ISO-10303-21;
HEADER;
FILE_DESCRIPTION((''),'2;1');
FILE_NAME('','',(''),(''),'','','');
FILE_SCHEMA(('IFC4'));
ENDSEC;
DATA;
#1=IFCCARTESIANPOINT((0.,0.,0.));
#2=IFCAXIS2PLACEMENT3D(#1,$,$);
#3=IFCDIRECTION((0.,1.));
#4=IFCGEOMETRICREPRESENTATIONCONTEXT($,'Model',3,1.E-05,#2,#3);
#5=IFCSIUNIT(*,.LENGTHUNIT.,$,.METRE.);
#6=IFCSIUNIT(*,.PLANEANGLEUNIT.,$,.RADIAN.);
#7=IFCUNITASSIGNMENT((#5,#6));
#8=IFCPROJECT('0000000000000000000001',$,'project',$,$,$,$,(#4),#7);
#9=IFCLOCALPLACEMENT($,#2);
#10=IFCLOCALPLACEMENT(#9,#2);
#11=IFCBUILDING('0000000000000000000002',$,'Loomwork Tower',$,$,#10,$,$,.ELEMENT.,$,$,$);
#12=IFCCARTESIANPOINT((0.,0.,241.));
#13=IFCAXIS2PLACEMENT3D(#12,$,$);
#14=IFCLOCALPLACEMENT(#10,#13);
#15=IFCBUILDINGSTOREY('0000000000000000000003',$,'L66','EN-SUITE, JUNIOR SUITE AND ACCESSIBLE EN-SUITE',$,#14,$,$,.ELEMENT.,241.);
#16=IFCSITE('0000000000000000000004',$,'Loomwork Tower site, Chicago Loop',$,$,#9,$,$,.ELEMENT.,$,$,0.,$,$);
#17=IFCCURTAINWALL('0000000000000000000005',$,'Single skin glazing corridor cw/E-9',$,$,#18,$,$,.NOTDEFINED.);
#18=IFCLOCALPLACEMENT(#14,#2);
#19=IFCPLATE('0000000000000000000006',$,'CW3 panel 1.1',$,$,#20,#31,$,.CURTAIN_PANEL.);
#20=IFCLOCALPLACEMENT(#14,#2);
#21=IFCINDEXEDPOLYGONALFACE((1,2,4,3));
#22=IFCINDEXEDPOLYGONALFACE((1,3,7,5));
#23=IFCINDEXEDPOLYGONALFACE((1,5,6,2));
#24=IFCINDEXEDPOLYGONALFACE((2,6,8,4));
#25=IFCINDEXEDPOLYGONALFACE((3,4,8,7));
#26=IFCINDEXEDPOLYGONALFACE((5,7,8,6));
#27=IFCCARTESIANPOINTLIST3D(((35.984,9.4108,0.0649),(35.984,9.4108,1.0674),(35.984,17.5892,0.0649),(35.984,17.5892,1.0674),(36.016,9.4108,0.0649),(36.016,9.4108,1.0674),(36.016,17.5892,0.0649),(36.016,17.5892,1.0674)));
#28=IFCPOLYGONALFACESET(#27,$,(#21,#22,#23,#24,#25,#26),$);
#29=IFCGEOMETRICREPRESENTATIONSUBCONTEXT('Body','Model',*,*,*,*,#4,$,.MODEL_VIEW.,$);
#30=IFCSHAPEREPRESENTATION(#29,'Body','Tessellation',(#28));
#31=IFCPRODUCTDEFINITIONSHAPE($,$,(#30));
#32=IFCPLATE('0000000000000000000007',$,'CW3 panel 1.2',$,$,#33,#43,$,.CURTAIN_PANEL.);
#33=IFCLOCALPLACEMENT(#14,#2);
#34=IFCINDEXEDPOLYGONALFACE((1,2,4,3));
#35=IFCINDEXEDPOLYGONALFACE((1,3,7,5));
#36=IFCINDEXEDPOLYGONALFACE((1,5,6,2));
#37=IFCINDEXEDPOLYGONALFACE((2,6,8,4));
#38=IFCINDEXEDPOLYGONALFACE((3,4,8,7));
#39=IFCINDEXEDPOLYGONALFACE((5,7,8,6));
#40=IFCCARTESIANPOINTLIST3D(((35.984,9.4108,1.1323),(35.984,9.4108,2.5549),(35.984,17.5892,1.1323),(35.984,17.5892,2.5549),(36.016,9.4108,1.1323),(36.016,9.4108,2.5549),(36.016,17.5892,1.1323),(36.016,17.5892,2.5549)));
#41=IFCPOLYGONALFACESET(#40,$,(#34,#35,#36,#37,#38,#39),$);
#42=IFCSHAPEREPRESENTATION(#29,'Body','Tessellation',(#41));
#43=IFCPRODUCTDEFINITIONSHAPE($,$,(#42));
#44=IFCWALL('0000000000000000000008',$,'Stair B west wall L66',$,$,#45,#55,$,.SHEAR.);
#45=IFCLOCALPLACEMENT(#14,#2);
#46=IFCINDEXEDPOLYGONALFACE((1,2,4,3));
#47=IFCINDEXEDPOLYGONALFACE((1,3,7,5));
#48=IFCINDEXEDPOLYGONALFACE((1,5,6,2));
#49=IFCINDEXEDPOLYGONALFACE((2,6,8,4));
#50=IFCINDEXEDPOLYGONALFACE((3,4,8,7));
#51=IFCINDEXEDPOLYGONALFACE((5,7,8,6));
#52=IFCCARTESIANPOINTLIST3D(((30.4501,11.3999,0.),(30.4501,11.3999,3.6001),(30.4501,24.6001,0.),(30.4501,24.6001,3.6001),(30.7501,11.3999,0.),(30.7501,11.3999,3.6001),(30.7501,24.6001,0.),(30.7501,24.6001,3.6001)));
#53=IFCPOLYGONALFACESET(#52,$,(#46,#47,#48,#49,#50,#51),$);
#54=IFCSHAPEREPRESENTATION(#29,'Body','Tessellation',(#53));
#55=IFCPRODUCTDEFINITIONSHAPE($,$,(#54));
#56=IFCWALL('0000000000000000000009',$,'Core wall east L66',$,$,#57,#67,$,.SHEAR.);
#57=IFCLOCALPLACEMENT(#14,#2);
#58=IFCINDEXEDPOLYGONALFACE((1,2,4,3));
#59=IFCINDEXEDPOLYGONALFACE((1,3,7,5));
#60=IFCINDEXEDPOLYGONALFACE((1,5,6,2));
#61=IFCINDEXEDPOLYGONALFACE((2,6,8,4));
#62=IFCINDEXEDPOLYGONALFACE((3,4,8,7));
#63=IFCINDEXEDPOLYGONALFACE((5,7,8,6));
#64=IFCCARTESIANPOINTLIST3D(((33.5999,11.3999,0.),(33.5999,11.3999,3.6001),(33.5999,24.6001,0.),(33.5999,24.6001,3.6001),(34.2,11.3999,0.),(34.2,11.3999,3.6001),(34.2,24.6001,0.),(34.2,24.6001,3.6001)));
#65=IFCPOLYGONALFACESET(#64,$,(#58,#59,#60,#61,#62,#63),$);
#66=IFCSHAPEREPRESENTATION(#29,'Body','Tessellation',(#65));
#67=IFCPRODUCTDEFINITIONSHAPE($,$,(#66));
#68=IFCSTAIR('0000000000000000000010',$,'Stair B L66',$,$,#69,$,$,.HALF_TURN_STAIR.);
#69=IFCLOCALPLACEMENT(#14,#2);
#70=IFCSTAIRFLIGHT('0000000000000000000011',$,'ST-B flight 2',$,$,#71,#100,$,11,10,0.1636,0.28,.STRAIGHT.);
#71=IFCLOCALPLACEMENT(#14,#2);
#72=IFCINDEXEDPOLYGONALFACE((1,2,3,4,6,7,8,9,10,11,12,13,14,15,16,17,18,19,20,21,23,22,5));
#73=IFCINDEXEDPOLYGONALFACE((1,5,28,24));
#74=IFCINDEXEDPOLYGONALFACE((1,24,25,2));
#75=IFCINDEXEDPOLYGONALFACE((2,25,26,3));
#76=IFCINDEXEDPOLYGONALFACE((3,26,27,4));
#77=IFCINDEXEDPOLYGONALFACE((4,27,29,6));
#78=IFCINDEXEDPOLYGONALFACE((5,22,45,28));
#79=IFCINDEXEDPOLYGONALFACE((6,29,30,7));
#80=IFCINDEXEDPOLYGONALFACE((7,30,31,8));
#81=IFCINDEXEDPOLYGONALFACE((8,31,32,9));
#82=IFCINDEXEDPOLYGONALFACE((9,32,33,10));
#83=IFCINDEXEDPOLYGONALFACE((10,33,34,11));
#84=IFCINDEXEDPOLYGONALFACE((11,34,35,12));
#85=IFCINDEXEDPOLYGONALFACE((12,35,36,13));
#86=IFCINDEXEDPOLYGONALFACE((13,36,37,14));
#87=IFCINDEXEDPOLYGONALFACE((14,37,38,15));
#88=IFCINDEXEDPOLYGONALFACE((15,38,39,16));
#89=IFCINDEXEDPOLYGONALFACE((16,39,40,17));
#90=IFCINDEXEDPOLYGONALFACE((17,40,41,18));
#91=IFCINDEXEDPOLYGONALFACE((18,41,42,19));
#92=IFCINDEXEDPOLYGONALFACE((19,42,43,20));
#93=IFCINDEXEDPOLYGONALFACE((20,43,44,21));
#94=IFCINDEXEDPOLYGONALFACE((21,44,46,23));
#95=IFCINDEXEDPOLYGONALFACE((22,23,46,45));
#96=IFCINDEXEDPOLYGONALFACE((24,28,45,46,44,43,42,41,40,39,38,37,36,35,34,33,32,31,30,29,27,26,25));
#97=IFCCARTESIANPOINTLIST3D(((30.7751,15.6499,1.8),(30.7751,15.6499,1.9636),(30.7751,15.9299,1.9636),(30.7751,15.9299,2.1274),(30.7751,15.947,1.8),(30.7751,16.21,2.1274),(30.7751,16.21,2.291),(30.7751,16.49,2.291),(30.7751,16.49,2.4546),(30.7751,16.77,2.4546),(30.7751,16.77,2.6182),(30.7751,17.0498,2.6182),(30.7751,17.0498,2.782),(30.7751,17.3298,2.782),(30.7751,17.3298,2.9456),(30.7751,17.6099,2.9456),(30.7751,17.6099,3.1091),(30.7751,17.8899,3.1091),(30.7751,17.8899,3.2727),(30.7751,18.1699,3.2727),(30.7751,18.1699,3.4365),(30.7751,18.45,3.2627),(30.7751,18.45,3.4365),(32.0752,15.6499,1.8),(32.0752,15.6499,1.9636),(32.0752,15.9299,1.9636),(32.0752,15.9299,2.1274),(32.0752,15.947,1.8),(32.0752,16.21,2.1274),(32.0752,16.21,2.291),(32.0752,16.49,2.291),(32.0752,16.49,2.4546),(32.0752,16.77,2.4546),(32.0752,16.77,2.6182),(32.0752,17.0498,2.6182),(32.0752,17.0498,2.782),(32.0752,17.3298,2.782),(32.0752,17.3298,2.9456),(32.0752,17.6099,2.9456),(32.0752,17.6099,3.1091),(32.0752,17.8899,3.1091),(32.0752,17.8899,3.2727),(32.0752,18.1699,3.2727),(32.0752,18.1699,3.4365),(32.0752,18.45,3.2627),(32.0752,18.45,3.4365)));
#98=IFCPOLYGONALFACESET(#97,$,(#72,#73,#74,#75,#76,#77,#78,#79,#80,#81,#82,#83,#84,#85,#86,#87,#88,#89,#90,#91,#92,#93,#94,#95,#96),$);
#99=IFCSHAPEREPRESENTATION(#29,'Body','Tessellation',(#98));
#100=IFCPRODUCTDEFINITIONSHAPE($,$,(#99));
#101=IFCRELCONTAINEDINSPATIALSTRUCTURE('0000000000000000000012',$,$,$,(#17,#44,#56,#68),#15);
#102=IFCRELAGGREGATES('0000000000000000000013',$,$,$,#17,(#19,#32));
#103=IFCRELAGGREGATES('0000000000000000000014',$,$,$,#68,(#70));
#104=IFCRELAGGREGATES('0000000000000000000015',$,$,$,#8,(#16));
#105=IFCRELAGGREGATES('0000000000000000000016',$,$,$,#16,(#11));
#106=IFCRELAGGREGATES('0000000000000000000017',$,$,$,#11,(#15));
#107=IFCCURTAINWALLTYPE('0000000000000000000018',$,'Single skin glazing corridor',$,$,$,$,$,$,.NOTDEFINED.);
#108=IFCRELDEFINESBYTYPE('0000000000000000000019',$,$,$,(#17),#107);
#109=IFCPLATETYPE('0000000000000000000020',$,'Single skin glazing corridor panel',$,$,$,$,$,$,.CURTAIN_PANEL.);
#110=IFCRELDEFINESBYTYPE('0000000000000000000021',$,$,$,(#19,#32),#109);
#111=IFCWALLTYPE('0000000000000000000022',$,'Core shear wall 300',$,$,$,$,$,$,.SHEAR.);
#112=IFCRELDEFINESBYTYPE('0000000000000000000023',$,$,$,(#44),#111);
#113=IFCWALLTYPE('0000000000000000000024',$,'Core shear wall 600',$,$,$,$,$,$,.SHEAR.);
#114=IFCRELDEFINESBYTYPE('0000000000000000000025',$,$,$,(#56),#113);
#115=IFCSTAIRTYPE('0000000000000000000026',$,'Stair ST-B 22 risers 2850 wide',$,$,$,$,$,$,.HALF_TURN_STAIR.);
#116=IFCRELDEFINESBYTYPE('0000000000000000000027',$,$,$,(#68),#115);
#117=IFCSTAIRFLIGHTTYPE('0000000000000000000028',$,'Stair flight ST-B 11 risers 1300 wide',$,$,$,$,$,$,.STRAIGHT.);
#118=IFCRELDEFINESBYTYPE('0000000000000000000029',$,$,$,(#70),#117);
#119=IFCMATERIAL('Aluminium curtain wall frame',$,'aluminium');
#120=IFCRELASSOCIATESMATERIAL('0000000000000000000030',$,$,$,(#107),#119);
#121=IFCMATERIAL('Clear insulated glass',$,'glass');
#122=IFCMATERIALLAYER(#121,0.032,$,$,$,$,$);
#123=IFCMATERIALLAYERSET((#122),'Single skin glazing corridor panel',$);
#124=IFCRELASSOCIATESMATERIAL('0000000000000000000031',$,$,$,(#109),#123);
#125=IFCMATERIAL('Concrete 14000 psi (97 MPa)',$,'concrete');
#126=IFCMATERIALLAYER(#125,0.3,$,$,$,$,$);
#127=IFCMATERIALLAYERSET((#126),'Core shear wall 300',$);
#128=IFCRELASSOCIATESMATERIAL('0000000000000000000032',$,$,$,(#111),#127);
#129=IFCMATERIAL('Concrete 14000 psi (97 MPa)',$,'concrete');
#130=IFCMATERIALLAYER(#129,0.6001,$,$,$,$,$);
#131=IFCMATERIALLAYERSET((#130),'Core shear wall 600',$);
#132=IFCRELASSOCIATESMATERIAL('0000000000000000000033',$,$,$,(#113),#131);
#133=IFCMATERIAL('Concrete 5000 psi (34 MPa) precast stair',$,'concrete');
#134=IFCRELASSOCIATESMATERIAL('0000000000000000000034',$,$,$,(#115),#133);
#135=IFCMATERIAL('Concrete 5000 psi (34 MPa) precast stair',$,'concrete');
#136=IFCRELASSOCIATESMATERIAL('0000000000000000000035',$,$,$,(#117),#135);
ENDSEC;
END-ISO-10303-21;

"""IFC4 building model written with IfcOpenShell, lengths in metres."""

from ifc_helpers import new_model, si_unit, direction, frame, frame_2d, origin, origin_2d, place, context, subcontext, project, spatial, polyline, rectangle, outline, extrude, material, layer, layer_set, type_object, element, aggregate, save


model = new_model("IFC4")

# Units and contexts
model_context = context("Model", 3, precision=1e-05, world=origin(), true_north=direction((0.0, 1.0)))
body_context = subcontext(model_context, "Body", "Model", "MODEL_VIEW")
ifc_project = project(units=[si_unit("LENGTHUNIT", "METRE"), si_unit("PLANEANGLEUNIT", "RADIAN")], contexts=[model_context])

# Site, building, storey
site_placement = place(None, origin())
site = spatial("IfcSite", under=ifc_project, at=site_placement, Name="Loomwork Tower site, Chicago Loop", CompositionType="ELEMENT", RefElevation=0.0)
building_placement = place(site_placement, origin())
building = spatial("IfcBuilding", under=site, at=building_placement, Name="Loomwork Tower", CompositionType="ELEMENT")
storey_placement = place(building_placement, frame((0.0, 0.0, 241.0)))
storey = spatial("IfcBuildingStorey", under=building, at=storey_placement, Name="L66", Description="EN-SUITE, JUNIOR SUITE AND ACCESSIBLE EN-SUITE", CompositionType="ELEMENT", Elevation=241.0)

# Curtain wall
ifc_material_1 = material(Name="Aluminium curtain wall frame", Category="aluminium")
curtain_wall_type = type_object("IfcCurtainWallType", Name="Single skin glazing corridor", PredefinedType="NOTDEFINED", material=ifc_material_1)
curtain_wall_1_placement = place(storey_placement, origin())
curtain_wall_1 = element("IfcCurtainWall", 1, at=curtain_wall_1_placement, inside=storey, type_object=curtain_wall_type, Name="Single skin glazing corridor cw/E-9", PredefinedType="NOTDEFINED")

# Plates
ifc_material_2 = material(Name="Clear insulated glass", Category="glass")
ifc_layer_1 = layer(ifc_material_2, 0.032)
ifc_layer_set_1 = layer_set([ifc_layer_1], Name="Single skin glazing corridor panel")
plate_type = type_object("IfcPlateType", Name="Single skin glazing corridor panel", PredefinedType="CURTAIN_PANEL", material=ifc_layer_set_1)
plate_1_placement = place(storey_placement, frame((36.0, 13.5, 0.0649), z_axis=(0.0, 0.0, 1.0), x_axis=(0.0, 1.0, 0.0)))
plate_1 = element("IfcPlate", 2, at=plate_1_placement, type_object=plate_type, Name="CW3 panel 1.1", PredefinedType="CURTAIN_PANEL", context=body_context, shape_type="SweptSolid", body=[
    extrude(rectangle(XDim=8.1785, YDim=0.032, at=origin_2d()), origin(), (0.0, 0.0, 1.0), 1.0024),
])
plate_2_placement = place(storey_placement, frame((36.0, 13.5, 1.1323), z_axis=(0.0, 0.0, 1.0), x_axis=(0.0, 1.0, 0.0)))
plate_2 = element("IfcPlate", 3, at=plate_2_placement, type_object=plate_type, Name="CW3 panel 1.2", PredefinedType="CURTAIN_PANEL", context=body_context, shape_type="SweptSolid", body=[
    extrude(rectangle(XDim=8.1785, YDim=0.032, at=origin_2d()), origin(), (0.0, 0.0, 1.0), 1.4226),
])
aggregate(curtain_wall_1, [plate_1, plate_2])

# Walls
ifc_material_3 = material(Name="Concrete 14000 psi (97 MPa)", Category="concrete")
ifc_layer_2 = layer(ifc_material_3, 0.3)
ifc_layer_set_2 = layer_set([ifc_layer_2], Name="Core shear wall 300")
wall_type_1 = type_object("IfcWallType", Name="Core shear wall 300", PredefinedType="SHEAR", material=ifc_layer_set_2)
wall_1_placement = place(storey_placement, frame((30.6001, 11.3999, 0.0), z_axis=(0.0, 0.0, 1.0), x_axis=(0.0, 1.0, 0.0)))
element("IfcWall", 4, at=wall_1_placement, inside=storey, type_object=wall_type_1, Name="Stair B west wall L66", PredefinedType="SHEAR", context=body_context, shape_type="SweptSolid", body=[
    extrude(rectangle(XDim=13.2002, YDim=0.3, at=frame_2d((6.6001, 0.0))), origin(), (0.0, 0.0, 1.0), 3.6001),
])
ifc_material_4 = material(Name="Concrete 14000 psi (97 MPa)", Category="concrete")
ifc_layer_3 = layer(ifc_material_4, 0.6001)
ifc_layer_set_3 = layer_set([ifc_layer_3], Name="Core shear wall 600")
wall_type_2 = type_object("IfcWallType", Name="Core shear wall 600", PredefinedType="SHEAR", material=ifc_layer_set_3)
wall_2_placement = place(storey_placement, frame((33.8999, 11.3999, 0.0), z_axis=(0.0, 0.0, 1.0), x_axis=(0.0, 1.0, 0.0)))
element("IfcWall", 5, at=wall_2_placement, inside=storey, type_object=wall_type_2, Name="Core wall east L66", PredefinedType="SHEAR", context=body_context, shape_type="SweptSolid", body=[
    extrude(rectangle(XDim=13.2002, YDim=0.6001, at=frame_2d((6.6001, 0.0))), origin(), (0.0, 0.0, 1.0), 3.6001),
])

# Stair, stair flight
ifc_material_5 = material(Name="Concrete 5000 psi (34 MPa) precast stair", Category="concrete")
stair_type = type_object("IfcStairType", Name="Stair ST-B 22 risers 2850 wide", PredefinedType="HALF_TURN_STAIR", material=ifc_material_5)
stair_placement = place(storey_placement, origin())
stair = element("IfcStair", 6, at=stair_placement, inside=storey, type_object=stair_type, Name="Stair B L66", PredefinedType="HALF_TURN_STAIR")
ifc_material_6 = material(Name="Concrete 5000 psi (34 MPa) precast stair", Category="concrete")
stair_flight_type = type_object("IfcStairFlightType", Name="Stair flight ST-B 11 risers 1300 wide", PredefinedType="STRAIGHT", material=ifc_material_6)
stair_flight_placement = place(storey_placement, frame((31.425, 15.6499, 1.8), z_axis=(0.0, 0.0, 1.0), x_axis=(0.0, 1.0, 0.0)))
stair_flight = element("IfcStairFlight", 7, at=stair_flight_placement, type_object=stair_flight_type, Name="ST-B flight 2", NumberOfRisers=11, NumberOfTreads=10, PredefinedType="STRAIGHT", RiserHeight=0.1636, TreadLength=0.28, context=body_context, shape_type="SweptSolid", body=[
    extrude(outline(polyline([(0.0, 0.0), (0.0, 0.1636), (0.28, 0.1636), (0.28, 0.3274), (0.5601, 0.3274), (0.5601, 0.491), (0.8401, 0.491), (0.8401, 0.6545), (1.1201, 0.6545), (1.1201, 0.8181), (1.3999, 0.8181), (1.3999, 0.9819), (1.6799, 0.9819), (1.6799, 1.1455), (1.96, 1.1455), (1.96, 1.3091), (2.24, 1.3091), (2.24, 1.4727), (2.52, 1.4727), (2.52, 1.6365), (2.8, 1.6365), (2.8, 1.8), (2.8, 1.4626), (0.2971, 0.0), (0.0, 0.0)])), frame((0.0, 0.6499, 0.0), z_axis=(0.0, -1.0, 0.0), x_axis=(1.0, 0.0, 0.0)), (0.0, 0.0, 1.0), 1.3),
])
aggregate(stair, [stair_flight])

save(model, "model.ifc")
